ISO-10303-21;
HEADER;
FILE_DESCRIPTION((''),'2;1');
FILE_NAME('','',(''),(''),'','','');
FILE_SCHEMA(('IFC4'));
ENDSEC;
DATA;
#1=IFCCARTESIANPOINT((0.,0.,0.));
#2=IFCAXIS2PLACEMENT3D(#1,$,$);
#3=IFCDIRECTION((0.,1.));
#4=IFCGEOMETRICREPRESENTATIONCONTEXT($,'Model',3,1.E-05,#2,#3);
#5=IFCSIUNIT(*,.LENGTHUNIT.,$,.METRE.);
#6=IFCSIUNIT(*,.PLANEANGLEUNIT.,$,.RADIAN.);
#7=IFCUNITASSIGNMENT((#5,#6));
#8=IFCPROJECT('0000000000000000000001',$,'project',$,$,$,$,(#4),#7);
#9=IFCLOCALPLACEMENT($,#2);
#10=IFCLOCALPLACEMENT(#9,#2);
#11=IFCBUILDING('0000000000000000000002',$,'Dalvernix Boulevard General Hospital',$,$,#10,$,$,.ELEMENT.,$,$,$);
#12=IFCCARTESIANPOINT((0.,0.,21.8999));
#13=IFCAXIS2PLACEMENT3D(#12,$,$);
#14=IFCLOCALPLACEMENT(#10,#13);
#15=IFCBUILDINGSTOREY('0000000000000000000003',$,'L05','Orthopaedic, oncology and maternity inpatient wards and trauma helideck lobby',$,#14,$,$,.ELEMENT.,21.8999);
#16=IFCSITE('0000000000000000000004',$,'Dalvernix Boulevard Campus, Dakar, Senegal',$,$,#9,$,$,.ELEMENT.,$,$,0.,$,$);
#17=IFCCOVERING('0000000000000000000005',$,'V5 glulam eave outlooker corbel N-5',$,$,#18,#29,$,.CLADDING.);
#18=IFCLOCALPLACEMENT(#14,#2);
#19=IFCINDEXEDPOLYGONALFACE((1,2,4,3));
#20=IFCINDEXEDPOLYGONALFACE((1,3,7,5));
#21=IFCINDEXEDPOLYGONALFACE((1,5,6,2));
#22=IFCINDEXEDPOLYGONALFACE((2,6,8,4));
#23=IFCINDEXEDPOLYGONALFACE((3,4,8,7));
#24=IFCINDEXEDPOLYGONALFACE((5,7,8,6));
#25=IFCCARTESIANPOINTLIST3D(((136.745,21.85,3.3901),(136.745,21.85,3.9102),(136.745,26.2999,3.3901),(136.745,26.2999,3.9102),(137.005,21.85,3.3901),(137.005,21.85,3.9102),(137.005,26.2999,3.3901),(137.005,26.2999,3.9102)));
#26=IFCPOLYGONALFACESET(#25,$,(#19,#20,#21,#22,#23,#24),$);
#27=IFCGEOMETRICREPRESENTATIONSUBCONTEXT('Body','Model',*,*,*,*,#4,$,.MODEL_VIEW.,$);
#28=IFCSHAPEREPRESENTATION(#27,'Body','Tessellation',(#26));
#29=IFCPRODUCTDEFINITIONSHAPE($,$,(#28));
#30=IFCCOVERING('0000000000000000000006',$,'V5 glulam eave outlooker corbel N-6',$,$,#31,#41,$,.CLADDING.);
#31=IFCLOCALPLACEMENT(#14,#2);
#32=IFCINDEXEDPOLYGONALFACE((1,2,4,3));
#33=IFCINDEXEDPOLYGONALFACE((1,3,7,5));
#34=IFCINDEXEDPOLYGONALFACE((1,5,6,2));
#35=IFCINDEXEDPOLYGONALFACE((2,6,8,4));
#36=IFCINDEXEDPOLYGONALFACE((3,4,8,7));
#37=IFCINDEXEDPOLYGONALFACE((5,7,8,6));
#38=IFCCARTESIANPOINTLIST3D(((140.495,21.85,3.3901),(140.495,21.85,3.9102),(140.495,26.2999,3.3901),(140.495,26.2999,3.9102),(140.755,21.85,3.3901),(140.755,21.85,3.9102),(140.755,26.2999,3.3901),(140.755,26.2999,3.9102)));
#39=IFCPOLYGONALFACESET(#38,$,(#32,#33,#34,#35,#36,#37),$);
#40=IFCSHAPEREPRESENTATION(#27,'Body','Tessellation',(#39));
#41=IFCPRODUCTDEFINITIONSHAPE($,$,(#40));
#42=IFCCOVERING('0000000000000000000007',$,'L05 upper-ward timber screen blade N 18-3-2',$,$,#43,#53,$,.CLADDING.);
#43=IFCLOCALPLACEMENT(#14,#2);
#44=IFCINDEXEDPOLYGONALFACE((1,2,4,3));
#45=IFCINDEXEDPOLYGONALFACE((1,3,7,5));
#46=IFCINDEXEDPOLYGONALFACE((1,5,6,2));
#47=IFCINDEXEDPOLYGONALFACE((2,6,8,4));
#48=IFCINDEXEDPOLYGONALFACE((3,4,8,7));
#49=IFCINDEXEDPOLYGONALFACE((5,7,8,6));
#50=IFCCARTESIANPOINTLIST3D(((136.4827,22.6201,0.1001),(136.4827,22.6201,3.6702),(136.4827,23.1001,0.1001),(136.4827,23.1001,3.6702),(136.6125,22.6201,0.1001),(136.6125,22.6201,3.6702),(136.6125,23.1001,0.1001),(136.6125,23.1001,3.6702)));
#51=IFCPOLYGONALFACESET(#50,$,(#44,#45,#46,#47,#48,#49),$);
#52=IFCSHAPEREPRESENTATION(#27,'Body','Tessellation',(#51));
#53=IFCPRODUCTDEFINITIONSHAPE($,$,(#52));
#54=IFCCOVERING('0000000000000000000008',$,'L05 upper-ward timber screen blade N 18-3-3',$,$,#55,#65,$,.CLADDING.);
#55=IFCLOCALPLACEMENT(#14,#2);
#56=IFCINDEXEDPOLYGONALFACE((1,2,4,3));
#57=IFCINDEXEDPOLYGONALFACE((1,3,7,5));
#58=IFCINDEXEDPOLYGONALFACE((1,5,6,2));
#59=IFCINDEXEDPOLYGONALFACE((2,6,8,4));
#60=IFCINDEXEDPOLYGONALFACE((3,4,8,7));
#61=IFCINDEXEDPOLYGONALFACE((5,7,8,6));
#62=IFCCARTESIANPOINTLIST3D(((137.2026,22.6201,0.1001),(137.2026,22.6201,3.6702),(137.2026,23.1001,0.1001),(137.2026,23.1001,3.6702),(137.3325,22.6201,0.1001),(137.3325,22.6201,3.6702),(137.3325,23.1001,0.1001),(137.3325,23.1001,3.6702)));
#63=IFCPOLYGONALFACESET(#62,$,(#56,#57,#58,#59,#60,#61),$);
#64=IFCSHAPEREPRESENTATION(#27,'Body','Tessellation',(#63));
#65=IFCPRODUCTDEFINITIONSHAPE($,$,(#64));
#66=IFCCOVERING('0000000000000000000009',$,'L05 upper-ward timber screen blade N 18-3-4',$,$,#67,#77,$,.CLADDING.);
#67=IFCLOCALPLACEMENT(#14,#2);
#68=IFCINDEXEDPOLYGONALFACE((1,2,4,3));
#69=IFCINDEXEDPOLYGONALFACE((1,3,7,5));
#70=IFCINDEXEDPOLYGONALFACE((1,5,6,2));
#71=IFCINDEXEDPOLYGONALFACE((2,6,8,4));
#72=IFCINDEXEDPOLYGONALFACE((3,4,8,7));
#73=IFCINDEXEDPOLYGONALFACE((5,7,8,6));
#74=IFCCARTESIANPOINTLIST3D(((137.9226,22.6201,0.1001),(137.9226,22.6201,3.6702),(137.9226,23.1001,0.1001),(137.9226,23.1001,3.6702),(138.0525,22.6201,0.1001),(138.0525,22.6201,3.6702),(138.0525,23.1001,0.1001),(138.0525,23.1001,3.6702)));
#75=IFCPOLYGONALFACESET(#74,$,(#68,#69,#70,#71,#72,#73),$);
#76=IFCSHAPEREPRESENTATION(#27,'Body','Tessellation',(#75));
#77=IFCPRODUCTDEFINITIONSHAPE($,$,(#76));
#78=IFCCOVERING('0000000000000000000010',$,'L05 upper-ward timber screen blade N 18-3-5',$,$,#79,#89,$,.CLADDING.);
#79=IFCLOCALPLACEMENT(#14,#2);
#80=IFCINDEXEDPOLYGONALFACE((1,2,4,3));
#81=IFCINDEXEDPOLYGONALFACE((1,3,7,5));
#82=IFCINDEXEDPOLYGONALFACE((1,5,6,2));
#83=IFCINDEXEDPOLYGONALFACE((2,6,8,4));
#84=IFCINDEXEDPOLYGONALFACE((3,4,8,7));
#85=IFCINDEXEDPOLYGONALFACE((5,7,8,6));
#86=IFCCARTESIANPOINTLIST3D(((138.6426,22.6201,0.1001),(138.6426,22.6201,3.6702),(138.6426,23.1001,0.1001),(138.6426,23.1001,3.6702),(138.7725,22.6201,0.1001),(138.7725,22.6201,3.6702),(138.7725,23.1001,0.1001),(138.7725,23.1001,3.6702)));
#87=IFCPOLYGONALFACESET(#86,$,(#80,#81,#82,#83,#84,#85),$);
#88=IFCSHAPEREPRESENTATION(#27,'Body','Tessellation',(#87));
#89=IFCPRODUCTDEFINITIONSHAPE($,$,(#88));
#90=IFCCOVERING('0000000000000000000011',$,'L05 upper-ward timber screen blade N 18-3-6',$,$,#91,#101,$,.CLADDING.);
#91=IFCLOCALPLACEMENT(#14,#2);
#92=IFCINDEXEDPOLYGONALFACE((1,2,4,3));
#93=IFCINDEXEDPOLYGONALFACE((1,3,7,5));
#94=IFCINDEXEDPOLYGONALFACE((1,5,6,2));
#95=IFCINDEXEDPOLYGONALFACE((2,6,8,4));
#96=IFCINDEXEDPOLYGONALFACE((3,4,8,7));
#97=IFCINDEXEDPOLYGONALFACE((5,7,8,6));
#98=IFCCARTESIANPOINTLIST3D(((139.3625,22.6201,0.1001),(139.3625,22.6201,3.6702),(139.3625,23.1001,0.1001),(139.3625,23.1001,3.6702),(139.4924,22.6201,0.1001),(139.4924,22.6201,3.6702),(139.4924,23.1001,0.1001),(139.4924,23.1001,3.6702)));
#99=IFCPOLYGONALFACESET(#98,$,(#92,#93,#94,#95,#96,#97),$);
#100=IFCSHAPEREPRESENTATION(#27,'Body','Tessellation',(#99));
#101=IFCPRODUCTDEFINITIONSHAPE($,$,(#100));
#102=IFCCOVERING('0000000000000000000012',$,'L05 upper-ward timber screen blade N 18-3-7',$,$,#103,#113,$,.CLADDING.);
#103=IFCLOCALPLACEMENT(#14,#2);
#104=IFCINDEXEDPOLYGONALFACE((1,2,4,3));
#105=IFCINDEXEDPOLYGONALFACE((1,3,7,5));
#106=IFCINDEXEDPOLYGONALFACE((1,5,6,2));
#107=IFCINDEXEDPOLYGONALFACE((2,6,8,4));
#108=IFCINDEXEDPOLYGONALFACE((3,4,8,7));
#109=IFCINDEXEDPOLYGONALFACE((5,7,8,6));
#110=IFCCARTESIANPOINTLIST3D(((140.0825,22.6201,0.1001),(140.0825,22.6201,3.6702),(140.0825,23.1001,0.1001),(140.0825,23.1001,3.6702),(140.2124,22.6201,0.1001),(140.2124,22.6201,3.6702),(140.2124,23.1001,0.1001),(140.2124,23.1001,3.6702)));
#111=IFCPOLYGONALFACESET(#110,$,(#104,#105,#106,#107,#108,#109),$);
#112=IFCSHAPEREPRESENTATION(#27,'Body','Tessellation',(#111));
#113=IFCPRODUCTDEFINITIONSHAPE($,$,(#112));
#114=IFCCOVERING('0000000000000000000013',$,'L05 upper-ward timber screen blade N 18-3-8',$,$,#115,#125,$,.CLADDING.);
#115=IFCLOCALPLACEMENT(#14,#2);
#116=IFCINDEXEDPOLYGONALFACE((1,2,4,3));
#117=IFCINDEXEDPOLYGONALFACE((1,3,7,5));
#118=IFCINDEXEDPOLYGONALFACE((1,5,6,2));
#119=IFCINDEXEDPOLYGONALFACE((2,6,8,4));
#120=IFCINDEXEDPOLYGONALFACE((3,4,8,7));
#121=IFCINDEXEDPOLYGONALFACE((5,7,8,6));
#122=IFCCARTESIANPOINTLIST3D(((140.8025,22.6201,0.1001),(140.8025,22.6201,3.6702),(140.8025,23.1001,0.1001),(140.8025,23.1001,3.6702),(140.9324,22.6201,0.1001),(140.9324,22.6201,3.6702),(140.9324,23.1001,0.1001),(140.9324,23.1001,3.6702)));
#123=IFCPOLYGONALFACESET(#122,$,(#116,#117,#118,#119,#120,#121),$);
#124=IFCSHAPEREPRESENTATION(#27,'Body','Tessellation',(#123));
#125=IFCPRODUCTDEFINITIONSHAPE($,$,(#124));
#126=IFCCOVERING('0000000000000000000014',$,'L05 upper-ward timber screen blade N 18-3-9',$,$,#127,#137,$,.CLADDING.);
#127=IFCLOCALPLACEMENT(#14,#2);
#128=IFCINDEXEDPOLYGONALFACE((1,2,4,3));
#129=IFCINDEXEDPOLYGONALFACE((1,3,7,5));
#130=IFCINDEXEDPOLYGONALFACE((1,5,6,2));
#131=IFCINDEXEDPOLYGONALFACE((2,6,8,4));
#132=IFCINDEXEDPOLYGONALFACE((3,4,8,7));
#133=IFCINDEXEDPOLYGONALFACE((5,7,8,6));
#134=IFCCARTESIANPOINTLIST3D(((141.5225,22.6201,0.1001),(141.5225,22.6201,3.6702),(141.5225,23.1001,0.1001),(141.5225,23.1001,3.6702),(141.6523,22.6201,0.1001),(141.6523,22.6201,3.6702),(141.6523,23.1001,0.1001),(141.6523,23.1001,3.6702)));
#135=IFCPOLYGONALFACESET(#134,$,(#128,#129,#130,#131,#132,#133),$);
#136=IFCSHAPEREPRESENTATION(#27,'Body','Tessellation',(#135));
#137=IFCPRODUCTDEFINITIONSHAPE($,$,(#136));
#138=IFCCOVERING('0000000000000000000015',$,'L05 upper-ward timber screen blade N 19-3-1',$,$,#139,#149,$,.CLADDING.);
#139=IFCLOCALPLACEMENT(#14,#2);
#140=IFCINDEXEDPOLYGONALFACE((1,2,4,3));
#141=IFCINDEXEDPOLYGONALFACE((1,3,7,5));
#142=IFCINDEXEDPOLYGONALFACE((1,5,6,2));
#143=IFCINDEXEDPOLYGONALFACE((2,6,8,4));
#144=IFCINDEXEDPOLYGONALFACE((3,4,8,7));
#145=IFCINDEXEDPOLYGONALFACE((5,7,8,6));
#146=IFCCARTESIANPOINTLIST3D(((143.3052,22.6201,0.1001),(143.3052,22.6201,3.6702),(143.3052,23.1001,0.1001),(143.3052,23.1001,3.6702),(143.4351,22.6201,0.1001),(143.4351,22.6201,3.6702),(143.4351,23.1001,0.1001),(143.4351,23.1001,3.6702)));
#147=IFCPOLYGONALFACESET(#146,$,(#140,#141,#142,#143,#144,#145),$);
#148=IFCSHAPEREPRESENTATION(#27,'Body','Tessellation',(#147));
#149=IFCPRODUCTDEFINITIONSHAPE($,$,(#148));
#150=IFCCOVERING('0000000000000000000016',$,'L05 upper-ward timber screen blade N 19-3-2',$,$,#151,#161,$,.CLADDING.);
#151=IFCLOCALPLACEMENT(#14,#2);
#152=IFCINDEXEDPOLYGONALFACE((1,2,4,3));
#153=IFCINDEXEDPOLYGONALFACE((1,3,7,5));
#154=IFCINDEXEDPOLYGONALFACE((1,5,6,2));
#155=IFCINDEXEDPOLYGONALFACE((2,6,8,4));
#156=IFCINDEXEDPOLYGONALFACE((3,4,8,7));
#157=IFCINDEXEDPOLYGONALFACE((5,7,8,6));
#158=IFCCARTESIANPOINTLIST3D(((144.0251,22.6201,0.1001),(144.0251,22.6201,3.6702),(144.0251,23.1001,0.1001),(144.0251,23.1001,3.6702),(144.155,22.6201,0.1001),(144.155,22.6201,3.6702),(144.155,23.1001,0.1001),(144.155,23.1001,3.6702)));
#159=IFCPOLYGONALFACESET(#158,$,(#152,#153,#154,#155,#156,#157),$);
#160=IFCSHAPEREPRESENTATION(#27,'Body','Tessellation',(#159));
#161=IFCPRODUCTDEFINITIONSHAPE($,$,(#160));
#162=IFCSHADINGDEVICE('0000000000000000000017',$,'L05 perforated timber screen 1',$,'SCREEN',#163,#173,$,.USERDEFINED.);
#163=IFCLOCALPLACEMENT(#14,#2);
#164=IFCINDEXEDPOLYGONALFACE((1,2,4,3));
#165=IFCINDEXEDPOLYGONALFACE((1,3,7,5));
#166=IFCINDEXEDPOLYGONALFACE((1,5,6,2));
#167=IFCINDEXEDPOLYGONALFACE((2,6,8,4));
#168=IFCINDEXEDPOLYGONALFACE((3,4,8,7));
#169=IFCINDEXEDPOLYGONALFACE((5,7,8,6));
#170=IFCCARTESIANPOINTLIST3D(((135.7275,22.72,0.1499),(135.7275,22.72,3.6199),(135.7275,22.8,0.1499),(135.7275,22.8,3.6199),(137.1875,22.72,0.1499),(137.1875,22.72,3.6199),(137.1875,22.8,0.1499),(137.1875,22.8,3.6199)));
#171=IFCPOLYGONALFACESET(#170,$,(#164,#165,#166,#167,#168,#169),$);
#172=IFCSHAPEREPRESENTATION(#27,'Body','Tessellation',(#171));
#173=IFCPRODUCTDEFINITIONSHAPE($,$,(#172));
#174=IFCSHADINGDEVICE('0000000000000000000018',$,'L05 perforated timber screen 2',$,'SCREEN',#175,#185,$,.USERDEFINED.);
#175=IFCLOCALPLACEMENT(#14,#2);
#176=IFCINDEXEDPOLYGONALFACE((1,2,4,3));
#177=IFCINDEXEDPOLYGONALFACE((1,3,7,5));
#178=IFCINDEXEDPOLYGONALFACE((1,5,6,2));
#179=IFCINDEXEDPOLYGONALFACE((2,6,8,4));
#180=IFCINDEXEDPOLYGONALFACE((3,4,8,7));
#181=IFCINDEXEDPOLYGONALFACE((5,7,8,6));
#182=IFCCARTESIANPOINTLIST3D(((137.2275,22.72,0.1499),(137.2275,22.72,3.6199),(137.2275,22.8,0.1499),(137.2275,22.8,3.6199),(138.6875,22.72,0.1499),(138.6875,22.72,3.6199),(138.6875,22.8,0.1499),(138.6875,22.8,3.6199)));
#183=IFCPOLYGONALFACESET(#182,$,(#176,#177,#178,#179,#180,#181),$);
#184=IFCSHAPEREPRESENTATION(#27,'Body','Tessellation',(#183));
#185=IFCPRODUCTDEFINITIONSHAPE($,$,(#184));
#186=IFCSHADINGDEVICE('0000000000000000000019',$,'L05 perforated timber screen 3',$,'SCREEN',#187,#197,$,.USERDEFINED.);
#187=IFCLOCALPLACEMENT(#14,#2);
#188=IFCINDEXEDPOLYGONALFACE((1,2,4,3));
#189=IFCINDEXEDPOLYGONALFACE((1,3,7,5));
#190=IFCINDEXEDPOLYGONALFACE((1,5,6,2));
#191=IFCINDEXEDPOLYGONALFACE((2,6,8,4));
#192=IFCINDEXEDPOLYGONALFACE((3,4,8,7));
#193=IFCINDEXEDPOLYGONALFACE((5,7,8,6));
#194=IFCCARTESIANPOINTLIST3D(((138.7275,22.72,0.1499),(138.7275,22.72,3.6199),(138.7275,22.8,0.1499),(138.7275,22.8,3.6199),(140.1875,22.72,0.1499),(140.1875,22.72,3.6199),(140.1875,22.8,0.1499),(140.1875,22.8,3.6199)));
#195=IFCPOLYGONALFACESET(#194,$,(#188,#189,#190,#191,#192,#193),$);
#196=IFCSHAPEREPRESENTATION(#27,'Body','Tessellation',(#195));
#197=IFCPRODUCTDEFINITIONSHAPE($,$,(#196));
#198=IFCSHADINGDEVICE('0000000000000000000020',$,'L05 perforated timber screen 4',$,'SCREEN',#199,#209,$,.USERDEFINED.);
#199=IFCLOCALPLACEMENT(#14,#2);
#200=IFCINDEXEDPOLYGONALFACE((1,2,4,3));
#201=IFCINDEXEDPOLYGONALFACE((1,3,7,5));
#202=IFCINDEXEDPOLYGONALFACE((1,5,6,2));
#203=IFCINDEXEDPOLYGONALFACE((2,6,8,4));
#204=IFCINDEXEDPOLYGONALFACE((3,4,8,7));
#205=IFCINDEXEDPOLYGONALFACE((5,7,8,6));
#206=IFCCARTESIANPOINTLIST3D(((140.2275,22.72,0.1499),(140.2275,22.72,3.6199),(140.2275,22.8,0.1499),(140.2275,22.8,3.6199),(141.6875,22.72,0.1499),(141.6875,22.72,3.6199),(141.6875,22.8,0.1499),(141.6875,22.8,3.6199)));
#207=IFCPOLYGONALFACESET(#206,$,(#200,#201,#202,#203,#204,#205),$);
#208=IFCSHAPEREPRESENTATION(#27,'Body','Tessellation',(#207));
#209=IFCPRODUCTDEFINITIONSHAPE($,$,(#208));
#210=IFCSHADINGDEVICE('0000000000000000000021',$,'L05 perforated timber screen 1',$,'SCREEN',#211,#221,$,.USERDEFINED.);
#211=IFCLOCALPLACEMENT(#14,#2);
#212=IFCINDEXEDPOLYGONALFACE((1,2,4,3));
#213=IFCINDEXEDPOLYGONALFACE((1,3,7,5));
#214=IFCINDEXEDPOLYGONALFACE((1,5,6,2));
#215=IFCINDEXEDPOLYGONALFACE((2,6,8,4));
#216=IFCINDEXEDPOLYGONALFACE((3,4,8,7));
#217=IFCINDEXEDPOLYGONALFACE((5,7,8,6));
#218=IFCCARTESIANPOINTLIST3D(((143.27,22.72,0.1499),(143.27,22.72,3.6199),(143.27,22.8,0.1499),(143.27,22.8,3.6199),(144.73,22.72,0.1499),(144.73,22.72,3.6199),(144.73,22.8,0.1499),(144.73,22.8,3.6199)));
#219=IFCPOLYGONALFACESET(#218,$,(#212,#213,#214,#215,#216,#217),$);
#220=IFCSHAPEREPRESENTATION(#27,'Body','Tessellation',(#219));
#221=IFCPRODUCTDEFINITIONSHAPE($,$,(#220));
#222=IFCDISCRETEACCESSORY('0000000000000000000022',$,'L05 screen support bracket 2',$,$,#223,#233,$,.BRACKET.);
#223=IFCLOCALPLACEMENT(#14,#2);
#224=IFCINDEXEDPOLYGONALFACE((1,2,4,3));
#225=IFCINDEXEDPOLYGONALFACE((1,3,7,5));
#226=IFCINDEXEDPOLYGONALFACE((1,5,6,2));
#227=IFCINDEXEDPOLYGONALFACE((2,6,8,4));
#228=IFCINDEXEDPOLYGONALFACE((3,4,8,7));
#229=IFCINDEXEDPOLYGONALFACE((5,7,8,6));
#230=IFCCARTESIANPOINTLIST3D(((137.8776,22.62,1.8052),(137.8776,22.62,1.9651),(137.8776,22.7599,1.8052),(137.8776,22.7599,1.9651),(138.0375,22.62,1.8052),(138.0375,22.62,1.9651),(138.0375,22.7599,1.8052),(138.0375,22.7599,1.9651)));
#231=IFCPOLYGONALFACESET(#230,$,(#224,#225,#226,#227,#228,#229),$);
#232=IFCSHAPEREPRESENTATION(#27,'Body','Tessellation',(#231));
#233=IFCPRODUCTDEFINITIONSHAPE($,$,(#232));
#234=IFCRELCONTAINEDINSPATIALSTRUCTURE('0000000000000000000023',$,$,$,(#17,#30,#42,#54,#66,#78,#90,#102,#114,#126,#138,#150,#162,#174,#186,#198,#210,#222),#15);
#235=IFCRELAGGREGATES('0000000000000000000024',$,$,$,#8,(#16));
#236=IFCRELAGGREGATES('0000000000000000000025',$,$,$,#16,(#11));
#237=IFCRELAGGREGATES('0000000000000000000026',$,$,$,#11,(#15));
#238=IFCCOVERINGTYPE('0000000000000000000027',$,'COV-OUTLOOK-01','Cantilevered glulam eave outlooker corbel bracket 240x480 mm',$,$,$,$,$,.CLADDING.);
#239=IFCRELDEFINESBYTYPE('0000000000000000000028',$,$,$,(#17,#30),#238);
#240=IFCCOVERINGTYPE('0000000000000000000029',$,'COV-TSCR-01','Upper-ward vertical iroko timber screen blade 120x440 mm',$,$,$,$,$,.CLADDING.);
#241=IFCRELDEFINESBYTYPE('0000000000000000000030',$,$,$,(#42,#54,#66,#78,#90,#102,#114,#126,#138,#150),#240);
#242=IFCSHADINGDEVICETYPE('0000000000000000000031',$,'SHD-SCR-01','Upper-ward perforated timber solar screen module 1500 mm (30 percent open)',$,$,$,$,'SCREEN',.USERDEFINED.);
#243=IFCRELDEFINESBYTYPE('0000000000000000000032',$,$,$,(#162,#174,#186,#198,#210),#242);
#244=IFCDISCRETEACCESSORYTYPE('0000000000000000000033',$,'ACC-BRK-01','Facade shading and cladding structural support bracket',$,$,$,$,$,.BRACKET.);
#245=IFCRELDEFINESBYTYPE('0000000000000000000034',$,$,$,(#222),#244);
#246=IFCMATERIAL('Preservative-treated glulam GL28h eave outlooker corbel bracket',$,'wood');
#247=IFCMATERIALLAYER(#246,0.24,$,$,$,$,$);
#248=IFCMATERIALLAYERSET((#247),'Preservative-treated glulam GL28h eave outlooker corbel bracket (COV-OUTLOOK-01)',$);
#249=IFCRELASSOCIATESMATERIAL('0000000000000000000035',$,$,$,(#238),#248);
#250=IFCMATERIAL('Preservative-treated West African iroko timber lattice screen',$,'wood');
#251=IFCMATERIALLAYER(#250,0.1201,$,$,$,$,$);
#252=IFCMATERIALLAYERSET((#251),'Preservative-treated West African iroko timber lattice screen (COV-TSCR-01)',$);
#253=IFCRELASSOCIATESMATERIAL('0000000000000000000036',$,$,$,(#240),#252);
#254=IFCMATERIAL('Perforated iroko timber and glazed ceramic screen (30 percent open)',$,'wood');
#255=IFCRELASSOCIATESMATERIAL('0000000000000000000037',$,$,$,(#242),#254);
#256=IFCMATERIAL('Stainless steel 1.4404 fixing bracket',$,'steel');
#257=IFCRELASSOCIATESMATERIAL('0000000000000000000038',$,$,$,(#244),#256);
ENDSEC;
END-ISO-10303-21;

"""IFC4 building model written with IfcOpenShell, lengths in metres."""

from ifc_helpers import new_model, si_unit, direction, frame, origin, origin_2d, place, context, subcontext, project, spatial, rectangle, extrude, material, layer, layer_set, type_object, element, save


model = new_model("IFC4")

# Units and contexts
model_context = context("Model", 3, precision=1e-05, world=origin(), true_north=direction((0.0, 1.0)))
body_context = subcontext(model_context, "Body", "Model", "MODEL_VIEW")
ifc_project = project(units=[si_unit("LENGTHUNIT", "METRE"), si_unit("PLANEANGLEUNIT", "RADIAN")], contexts=[model_context])

# Site, building, storey
site_placement = place(None, origin())
site = spatial("IfcSite", under=ifc_project, at=site_placement, Name="Dalvernix Boulevard Campus, Dakar, Senegal", CompositionType="ELEMENT", RefElevation=0.0)
building_placement = place(site_placement, origin())
building = spatial("IfcBuilding", under=site, at=building_placement, Name="Dalvernix Boulevard General Hospital", CompositionType="ELEMENT")
storey_placement = place(building_placement, frame((0.0, 0.0, 21.8999)))
storey = spatial("IfcBuildingStorey", under=building, at=storey_placement, Name="L05", Description="Orthopaedic, oncology and maternity inpatient wards and trauma helideck lobby", CompositionType="ELEMENT", Elevation=21.8999)

# Coverings
ifc_material_1 = material(Name="Preservative-treated glulam GL28h eave outlooker corbel bracket", Category="wood")
ifc_layer_1 = layer(ifc_material_1, 0.24)
ifc_layer_set_1 = layer_set([ifc_layer_1], Name="Preservative-treated glulam GL28h eave outlooker corbel bracket (COV-OUTLOOK-01)")
covering_type_1 = type_object("IfcCoveringType", Name="COV-OUTLOOK-01", Description="Cantilevered glulam eave outlooker corbel bracket 240x480 mm", PredefinedType="CLADDING", material=ifc_layer_set_1)
for number, where, z_axis, x_axis, name in (
    (1, (136.875, 24.075, 3.3901), (0.0, 0.0, 1.0), (1.0, 0.0, 0.0), "V5 glulam eave outlooker corbel N-5"),
    (2, (140.625, 24.075, 3.3901), (0.0, 0.0, 1.0), (1.0, 0.0, 0.0), "V5 glulam eave outlooker corbel N-6"),
):
    element("IfcCovering", number, at=place(storey_placement, frame(where, z_axis=z_axis, x_axis=x_axis)), inside=storey, type_object=covering_type_1, Name=name, PredefinedType="CLADDING", context=body_context, shape_type="SweptSolid", body=[
        extrude(rectangle(XDim=0.26, YDim=4.45, at=origin_2d()), origin(), (0.0, 0.0, 1.0), 0.52),
    ])
ifc_material_2 = material(Name="Preservative-treated West African iroko timber lattice screen", Category="wood")
ifc_layer_2 = layer(ifc_material_2, 0.1201)
ifc_layer_set_2 = layer_set([ifc_layer_2], Name="Preservative-treated West African iroko timber lattice screen (COV-TSCR-01)")
covering_type_2 = type_object("IfcCoveringType", Name="COV-TSCR-01", Description="Upper-ward vertical iroko timber screen blade 120x440 mm", PredefinedType="CLADDING", material=ifc_layer_set_2)
for number, where, z_axis, x_axis, name in (
    (3, (136.5476, 22.8601, 0.1001), (0.0, 0.0, 1.0), (1.0, 0.0, 0.0), "L05 upper-ward timber screen blade N 18-3-2"),
    (4, (137.2676, 22.8601, 0.1001), (0.0, 0.0, 1.0), (1.0, 0.0, 0.0), "L05 upper-ward timber screen blade N 18-3-3"),
    (5, (137.9875, 22.8601, 0.1001), (0.0, 0.0, 1.0), (1.0, 0.0, 0.0), "L05 upper-ward timber screen blade N 18-3-4"),
    (6, (138.7075, 22.8601, 0.1001), (0.0, 0.0, 1.0), (1.0, 0.0, 0.0), "L05 upper-ward timber screen blade N 18-3-5"),
    (7, (139.4275, 22.8601, 0.1001), (0.0, 0.0, 1.0), (1.0, 0.0, 0.0), "L05 upper-ward timber screen blade N 18-3-6"),
    (8, (140.1475, 22.8601, 0.1001), (0.0, 0.0, 1.0), (1.0, 0.0, 0.0), "L05 upper-ward timber screen blade N 18-3-7"),
    (9, (140.8674, 22.8601, 0.1001), (0.0, 0.0, 1.0), (1.0, 0.0, 0.0), "L05 upper-ward timber screen blade N 18-3-8"),
    (10, (141.5874, 22.8601, 0.1001), (0.0, 0.0, 1.0), (1.0, 0.0, 0.0), "L05 upper-ward timber screen blade N 18-3-9"),
    (11, (143.3701, 22.8601, 0.1001), (0.0, 0.0, 1.0), (1.0, 0.0, 0.0), "L05 upper-ward timber screen blade N 19-3-1"),
    (12, (144.0901, 22.8601, 0.1001), (0.0, 0.0, 1.0), (1.0, 0.0, 0.0), "L05 upper-ward timber screen blade N 19-3-2"),
):
    element("IfcCovering", number, at=place(storey_placement, frame(where, z_axis=z_axis, x_axis=x_axis)), inside=storey, type_object=covering_type_2, Name=name, PredefinedType="CLADDING", context=body_context, shape_type="SweptSolid", body=[
        extrude(rectangle(XDim=0.1299, YDim=0.48, at=origin_2d()), origin(), (0.0, 0.0, 1.0), 3.5701),
    ])

# Shading devices
ifc_material_3 = material(Name="Perforated iroko timber and glazed ceramic screen (30 percent open)", Category="wood")
shading_device_type = type_object("IfcShadingDeviceType", Name="SHD-SCR-01", Description="Upper-ward perforated timber solar screen module 1500 mm (30 percent open)", ElementType="SCREEN", PredefinedType="USERDEFINED", material=ifc_material_3)
for number, where, z_axis, x_axis, name in (
    (13, (136.4575, 22.76, 0.1499), (0.0, 0.0, 1.0), (1.0, 0.0, 0.0), "L05 perforated timber screen 1"),
    (14, (137.9575, 22.76, 0.1499), (0.0, 0.0, 1.0), (1.0, 0.0, 0.0), "L05 perforated timber screen 2"),
    (15, (139.4575, 22.76, 0.1499), (0.0, 0.0, 1.0), (1.0, 0.0, 0.0), "L05 perforated timber screen 3"),
    (16, (140.9575, 22.76, 0.1499), (0.0, 0.0, 1.0), (1.0, 0.0, 0.0), "L05 perforated timber screen 4"),
    (17, (144.0, 22.76, 0.1499), (0.0, 0.0, 1.0), (1.0, 0.0, 0.0), "L05 perforated timber screen 1"),
):
    element("IfcShadingDevice", number, at=place(storey_placement, frame(where, z_axis=z_axis, x_axis=x_axis)), inside=storey, type_object=shading_device_type, Name=name, ObjectType="SCREEN", PredefinedType="USERDEFINED", context=body_context, shape_type="SweptSolid", body=[
        extrude(rectangle(XDim=1.46, YDim=0.0801, at=origin_2d()), origin(), (0.0, 0.0, 1.0), 3.47),
    ])

# Discrete accessory
ifc_material_4 = material(Name="Stainless steel 1.4404 fixing bracket", Category="steel")
discrete_accessory_type = type_object("IfcDiscreteAccessoryType", Name="ACC-BRK-01", Description="Facade shading and cladding structural support bracket", PredefinedType="BRACKET", material=ifc_material_4)
for number, where, z_axis, x_axis, name in (
    (18, (137.9575, 22.6899, 1.8052), (0.0, 0.0, 1.0), (1.0, 0.0, 0.0), "L05 screen support bracket 2"),
):
    element("IfcDiscreteAccessory", number, at=place(storey_placement, frame(where, z_axis=z_axis, x_axis=x_axis)), inside=storey, type_object=discrete_accessory_type, Name=name, PredefinedType="BRACKET", context=body_context, shape_type="SweptSolid", body=[
        extrude(rectangle(XDim=0.1599, YDim=0.1399, at=origin_2d()), origin(), (0.0, 0.0, 1.0), 0.1599),
    ])

save(model, "model.ifc")
